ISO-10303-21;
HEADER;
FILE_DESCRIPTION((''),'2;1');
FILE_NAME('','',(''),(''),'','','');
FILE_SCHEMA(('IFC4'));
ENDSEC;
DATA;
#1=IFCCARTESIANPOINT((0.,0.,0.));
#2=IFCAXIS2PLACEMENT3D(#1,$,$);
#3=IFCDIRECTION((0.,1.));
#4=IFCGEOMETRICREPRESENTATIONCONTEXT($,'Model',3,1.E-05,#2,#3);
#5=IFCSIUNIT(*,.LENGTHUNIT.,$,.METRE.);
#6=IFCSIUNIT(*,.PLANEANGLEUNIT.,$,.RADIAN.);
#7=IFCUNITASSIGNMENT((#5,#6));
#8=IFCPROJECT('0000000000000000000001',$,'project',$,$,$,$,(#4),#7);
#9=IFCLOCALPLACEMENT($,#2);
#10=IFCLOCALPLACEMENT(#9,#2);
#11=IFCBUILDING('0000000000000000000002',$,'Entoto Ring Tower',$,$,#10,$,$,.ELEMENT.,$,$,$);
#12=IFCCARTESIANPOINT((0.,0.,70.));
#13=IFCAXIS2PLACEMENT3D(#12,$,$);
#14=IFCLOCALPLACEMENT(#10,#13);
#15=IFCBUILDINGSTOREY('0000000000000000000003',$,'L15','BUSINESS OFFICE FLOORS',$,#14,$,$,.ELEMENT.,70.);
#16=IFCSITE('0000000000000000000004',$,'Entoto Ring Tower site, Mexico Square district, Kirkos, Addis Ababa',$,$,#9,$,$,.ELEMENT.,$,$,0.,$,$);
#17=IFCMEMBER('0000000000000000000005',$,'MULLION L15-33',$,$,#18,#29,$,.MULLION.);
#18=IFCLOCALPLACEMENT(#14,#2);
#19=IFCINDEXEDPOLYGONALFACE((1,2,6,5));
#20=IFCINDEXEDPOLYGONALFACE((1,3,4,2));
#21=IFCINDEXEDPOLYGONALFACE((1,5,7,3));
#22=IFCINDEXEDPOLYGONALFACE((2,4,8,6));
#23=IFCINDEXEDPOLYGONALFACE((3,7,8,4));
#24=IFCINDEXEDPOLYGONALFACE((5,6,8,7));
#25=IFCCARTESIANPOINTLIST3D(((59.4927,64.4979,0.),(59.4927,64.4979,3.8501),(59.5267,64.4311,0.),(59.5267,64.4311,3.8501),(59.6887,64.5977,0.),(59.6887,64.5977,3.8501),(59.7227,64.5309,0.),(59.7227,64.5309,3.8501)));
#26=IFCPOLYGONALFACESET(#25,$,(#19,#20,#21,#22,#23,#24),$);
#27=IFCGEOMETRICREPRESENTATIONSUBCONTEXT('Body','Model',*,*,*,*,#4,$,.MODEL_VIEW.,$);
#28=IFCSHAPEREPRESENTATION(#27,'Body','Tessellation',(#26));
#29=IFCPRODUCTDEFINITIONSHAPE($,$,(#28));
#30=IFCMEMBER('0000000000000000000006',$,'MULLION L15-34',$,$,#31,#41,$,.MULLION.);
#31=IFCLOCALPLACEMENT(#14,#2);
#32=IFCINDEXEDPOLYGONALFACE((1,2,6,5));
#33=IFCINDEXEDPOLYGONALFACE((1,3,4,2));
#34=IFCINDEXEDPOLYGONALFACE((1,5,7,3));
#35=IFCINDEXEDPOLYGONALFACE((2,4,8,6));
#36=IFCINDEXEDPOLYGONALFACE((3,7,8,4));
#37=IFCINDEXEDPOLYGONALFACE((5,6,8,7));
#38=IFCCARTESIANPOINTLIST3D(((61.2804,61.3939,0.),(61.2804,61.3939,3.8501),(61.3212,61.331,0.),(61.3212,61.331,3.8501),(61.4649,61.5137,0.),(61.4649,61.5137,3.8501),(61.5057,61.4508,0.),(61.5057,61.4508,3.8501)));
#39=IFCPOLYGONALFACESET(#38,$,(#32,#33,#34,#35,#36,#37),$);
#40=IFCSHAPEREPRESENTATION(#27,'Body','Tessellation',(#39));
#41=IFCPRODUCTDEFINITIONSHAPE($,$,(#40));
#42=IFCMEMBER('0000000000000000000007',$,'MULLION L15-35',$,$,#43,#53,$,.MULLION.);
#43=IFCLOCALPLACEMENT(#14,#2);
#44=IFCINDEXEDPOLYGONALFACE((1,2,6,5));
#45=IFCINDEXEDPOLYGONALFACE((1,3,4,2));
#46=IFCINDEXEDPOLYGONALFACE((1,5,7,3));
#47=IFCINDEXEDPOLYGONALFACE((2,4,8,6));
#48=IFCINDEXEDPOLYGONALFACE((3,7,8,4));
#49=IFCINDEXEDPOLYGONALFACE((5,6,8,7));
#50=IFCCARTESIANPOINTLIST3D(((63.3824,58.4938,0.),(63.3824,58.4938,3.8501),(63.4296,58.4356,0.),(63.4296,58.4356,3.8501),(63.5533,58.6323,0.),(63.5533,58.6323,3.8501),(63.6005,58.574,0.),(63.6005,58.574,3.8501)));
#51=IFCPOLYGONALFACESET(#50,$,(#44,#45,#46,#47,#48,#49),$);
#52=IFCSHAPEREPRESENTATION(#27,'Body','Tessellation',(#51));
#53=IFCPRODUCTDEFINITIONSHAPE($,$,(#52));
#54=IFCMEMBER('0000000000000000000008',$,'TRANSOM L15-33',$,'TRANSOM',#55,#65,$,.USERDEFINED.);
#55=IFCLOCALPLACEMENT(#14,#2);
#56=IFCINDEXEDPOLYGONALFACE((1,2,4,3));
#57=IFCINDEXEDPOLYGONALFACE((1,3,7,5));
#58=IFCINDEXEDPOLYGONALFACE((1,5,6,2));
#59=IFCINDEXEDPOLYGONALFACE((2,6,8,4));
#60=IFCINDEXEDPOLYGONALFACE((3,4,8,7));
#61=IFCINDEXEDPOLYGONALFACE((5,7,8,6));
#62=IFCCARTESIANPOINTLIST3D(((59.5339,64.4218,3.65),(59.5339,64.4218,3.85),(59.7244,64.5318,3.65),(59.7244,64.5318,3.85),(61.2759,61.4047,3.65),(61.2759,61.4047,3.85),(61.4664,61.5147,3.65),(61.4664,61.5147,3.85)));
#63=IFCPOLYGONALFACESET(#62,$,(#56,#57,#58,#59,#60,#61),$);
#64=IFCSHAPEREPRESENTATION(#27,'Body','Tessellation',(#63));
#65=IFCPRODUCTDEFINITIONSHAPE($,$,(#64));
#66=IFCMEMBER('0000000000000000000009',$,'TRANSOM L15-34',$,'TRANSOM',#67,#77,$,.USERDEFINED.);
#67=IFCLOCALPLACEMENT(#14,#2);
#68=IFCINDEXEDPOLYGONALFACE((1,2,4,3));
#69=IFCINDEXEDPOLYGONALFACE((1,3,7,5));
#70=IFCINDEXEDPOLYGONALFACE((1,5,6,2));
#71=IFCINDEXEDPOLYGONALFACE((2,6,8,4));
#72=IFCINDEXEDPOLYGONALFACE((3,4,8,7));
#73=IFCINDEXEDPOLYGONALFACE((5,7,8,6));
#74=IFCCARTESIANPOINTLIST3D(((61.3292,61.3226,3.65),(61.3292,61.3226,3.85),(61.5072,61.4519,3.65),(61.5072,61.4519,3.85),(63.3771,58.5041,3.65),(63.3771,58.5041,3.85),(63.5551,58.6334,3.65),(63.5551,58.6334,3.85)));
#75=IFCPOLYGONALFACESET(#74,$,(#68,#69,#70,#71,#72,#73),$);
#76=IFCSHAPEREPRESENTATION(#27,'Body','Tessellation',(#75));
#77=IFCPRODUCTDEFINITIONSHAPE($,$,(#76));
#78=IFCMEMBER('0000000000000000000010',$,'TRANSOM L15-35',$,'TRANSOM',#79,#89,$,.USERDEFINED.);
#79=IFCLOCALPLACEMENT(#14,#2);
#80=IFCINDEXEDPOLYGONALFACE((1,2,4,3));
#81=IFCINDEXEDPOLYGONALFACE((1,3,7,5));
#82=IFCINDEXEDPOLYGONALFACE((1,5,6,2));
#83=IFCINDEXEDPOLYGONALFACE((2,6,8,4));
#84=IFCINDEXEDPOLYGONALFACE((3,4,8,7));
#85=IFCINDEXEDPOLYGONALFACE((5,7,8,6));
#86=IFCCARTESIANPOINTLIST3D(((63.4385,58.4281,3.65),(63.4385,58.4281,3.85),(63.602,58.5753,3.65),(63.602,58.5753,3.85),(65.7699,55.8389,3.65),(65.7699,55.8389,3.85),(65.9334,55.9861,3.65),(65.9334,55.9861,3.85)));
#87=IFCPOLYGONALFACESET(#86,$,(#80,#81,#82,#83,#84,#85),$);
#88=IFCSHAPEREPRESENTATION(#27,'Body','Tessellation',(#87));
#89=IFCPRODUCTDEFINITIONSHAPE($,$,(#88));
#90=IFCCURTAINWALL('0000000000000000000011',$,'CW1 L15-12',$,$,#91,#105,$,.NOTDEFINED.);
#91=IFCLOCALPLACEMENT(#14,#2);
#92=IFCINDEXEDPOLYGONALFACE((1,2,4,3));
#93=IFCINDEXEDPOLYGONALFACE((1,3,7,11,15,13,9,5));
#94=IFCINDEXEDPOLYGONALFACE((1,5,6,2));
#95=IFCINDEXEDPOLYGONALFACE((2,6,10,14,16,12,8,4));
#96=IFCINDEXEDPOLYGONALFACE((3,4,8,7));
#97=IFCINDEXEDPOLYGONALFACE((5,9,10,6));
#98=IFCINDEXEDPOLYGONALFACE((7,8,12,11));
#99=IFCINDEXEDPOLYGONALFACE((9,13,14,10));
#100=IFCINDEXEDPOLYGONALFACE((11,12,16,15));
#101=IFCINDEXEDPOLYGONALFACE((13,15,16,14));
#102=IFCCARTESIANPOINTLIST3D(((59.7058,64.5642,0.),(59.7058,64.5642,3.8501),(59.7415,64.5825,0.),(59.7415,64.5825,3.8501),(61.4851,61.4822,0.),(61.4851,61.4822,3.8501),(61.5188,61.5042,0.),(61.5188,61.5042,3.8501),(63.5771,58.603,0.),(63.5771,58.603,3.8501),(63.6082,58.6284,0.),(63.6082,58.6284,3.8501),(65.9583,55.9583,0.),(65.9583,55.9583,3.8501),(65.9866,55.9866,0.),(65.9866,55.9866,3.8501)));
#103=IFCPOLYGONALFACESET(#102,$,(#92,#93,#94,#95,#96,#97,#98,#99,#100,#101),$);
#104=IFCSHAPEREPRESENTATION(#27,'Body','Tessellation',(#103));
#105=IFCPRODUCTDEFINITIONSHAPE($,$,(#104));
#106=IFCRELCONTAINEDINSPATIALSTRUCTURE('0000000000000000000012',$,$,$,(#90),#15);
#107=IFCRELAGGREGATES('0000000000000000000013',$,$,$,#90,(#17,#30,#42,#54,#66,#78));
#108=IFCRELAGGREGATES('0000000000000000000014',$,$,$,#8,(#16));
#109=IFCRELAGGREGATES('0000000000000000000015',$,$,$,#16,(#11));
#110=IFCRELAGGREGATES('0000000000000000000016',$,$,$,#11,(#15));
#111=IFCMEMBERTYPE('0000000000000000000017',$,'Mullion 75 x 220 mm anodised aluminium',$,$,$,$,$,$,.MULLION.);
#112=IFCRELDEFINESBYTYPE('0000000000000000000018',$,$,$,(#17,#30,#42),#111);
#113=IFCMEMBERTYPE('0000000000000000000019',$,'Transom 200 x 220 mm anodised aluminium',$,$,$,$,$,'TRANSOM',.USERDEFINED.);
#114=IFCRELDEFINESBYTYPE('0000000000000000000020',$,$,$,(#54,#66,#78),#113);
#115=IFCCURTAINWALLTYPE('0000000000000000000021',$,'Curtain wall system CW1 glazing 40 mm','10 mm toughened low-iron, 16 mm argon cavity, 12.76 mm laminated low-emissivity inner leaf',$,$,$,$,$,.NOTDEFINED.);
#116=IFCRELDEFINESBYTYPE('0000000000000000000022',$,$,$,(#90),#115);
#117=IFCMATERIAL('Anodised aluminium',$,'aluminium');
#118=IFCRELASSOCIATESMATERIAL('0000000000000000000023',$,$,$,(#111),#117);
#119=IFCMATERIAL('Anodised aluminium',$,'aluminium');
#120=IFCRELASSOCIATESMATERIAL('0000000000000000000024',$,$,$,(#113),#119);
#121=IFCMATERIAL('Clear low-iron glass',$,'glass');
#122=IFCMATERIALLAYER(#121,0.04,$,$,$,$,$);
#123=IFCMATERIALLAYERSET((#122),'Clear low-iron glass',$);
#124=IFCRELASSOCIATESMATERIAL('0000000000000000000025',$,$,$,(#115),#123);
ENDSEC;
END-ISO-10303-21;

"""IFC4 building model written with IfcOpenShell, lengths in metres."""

from ifc_helpers import new_model, si_unit, direction, frame, origin, origin_2d, place, context, subcontext, project, spatial, polyline, rectangle, outline, extrude, material, layer, layer_set, material_profile, profile_set, type_object, element, aggregate, save


model = new_model("IFC4")

# Units and contexts
model_context = context("Model", 3, precision=1e-05, world=origin(), true_north=direction((0.0, 1.0)))
body_context = subcontext(model_context, "Body", "Model", "MODEL_VIEW")
ifc_project = project(units=[si_unit("LENGTHUNIT", "METRE"), si_unit("PLANEANGLEUNIT", "RADIAN")], contexts=[model_context])

# Members
ifc_material_1 = material(Name="Anodised aluminium", Category="aluminium")
ifc_material_profile_1 = material_profile(ifc_material_1, rectangle(XDim=0.075, YDim=0.22, at=origin_2d()), Name="Mullion 75 x 220 mm anodised aluminium")
ifc_profile_set_1 = profile_set([ifc_material_profile_1], Name="Anodised aluminium")
member_type_1 = type_object("IfcMemberType", Name="Mullion 75 x 220 mm anodised aluminium", PredefinedType="MULLION", material=ifc_profile_set_1)
site_placement = place(None, origin())
building_placement = place(site_placement, origin())
storey_placement = place(building_placement, frame((0.0, 0.0, 70.0)))
member_1_placement = place(storey_placement, frame((59.6077, 64.5144, 0.0), z_axis=(0.0, 0.0, 1.0), x_axis=(0.45399, -0.891007, 0.0)))
member_1 = element("IfcMember", 1, at=member_1_placement, type_object=member_type_1, Name="MULLION L15-33", PredefinedType="MULLION", context=body_context, shape_type="SweptSolid", body=[
    extrude(rectangle(XDim=0.075, YDim=0.22, at=origin_2d()), origin(), (0.0, 0.0, 1.0), 3.8501),
])
member_2_placement = place(storey_placement, frame((61.3931, 61.4224, 0.0), z_axis=(0.0, 0.0, 1.0), x_axis=(0.544639, -0.838671, 0.0)))
member_2 = element("IfcMember", 2, at=member_2_placement, type_object=member_type_1, Name="MULLION L15-34", PredefinedType="MULLION", context=body_context, shape_type="SweptSolid", body=[
    extrude(rectangle(XDim=0.075, YDim=0.22, at=origin_2d()), origin(), (0.0, 0.0, 1.0), 3.8501),
])
member_3_placement = place(storey_placement, frame((63.4915, 58.5339, 0.0), z_axis=(0.0, 0.0, 1.0), x_axis=(0.62932, -0.777146, 0.0)))
member_3 = element("IfcMember", 3, at=member_3_placement, type_object=member_type_1, Name="MULLION L15-35", PredefinedType="MULLION", context=body_context, shape_type="SweptSolid", body=[
    extrude(rectangle(XDim=0.075, YDim=0.22, at=origin_2d()), origin(), (0.0, 0.0, 1.0), 3.8501),
])
ifc_material_2 = material(Name="Anodised aluminium", Category="aluminium")
ifc_material_profile_2 = material_profile(ifc_material_2, rectangle(XDim=0.22, YDim=0.2, at=origin_2d()), Name="Transom 200 x 220 mm anodised aluminium")
ifc_profile_set_2 = profile_set([ifc_material_profile_2], Name="Anodised aluminium")
member_type_2 = type_object("IfcMemberType", Name="Transom 200 x 220 mm anodised aluminium", ElementType="TRANSOM", PredefinedType="USERDEFINED", material=ifc_profile_set_2)
member_4_placement = place(storey_placement, frame((59.6292, 64.4768, 3.75), z_axis=(0.500006, -0.866022, 0.0), x_axis=(0.866022, 0.500006, 0.0)))
member_4 = element("IfcMember", 4, at=member_4_placement, type_object=member_type_2, Name="TRANSOM L15-33", ObjectType="TRANSOM", PredefinedType="USERDEFINED", context=body_context, shape_type="SweptSolid", body=[
    extrude(rectangle(XDim=0.22, YDim=0.2, at=origin_2d()), origin(), (0.0, 0.0, 1.0), 3.4839),
])
member_5_placement = place(storey_placement, frame((61.4182, 61.3872, 3.75), z_axis=(0.587822, -0.808991, 0.0), x_axis=(0.808991, 0.587822, 0.0)))
member_5 = element("IfcMember", 5, at=member_5_placement, type_object=member_type_2, Name="TRANSOM L15-34", ObjectType="TRANSOM", PredefinedType="USERDEFINED", context=body_context, shape_type="SweptSolid", body=[
    extrude(rectangle(XDim=0.22, YDim=0.2, at=origin_2d()), origin(), (0.0, 0.0, 1.0), 3.4839),
])
member_6_placement = place(storey_placement, frame((63.5203, 58.5017, 3.75), z_axis=(0.669139, -0.743137, 0.0), x_axis=(0.743137, 0.669139, 0.0)))
member_6 = element("IfcMember", 6, at=member_6_placement, type_object=member_type_2, Name="TRANSOM L15-35", ObjectType="TRANSOM", PredefinedType="USERDEFINED", context=body_context, shape_type="SweptSolid", body=[
    extrude(rectangle(XDim=0.22, YDim=0.2, at=origin_2d()), origin(), (0.0, 0.0, 1.0), 3.4841),
])

# Site, building, storey
site = spatial("IfcSite", under=ifc_project, at=site_placement, Name="Entoto Ring Tower site, Mexico Square district, Kirkos, Addis Ababa", CompositionType="ELEMENT", RefElevation=0.0)
building = spatial("IfcBuilding", under=site, at=building_placement, Name="Entoto Ring Tower", CompositionType="ELEMENT")
storey = spatial("IfcBuildingStorey", under=building, at=storey_placement, Name="L15", Description="BUSINESS OFFICE FLOORS", CompositionType="ELEMENT", Elevation=70.0)

# Curtain wall
ifc_material_3 = material(Name="Clear low-iron glass", Category="glass")
ifc_layer = layer(ifc_material_3, 0.04)
ifc_layer_set = layer_set([ifc_layer], Name="Clear low-iron glass")
curtain_wall_type = type_object("IfcCurtainWallType", Name="Curtain wall system CW1 glazing 40 mm", Description="10 mm toughened low-iron, 16 mm argon cavity, 12.76 mm laminated low-emissivity inner leaf", PredefinedType="NOTDEFINED", material=ifc_layer_set)
curtain_wall_1_placement = place(storey_placement, origin())
curtain_wall_1 = element("IfcCurtainWall", 7, at=curtain_wall_1_placement, inside=storey, type_object=curtain_wall_type, Name="CW1 L15-12", PredefinedType="NOTDEFINED", context=body_context, shape_type="SweptSolid", body=[
    extrude(outline(polyline([(59.7058, 64.5642), (61.4851, 61.4822), (63.5771, 58.603), (65.9583, 55.9583), (65.9866, 55.9866), (63.6082, 58.6284), (61.5188, 61.5042), (59.7415, 64.5825), (59.7058, 64.5642)])), origin(), (0.0, 0.0, 1.0), 3.8501),
])
aggregate(curtain_wall_1, [member_1, member_2, member_3, member_4, member_5, member_6])

save(model, "model.ifc")
